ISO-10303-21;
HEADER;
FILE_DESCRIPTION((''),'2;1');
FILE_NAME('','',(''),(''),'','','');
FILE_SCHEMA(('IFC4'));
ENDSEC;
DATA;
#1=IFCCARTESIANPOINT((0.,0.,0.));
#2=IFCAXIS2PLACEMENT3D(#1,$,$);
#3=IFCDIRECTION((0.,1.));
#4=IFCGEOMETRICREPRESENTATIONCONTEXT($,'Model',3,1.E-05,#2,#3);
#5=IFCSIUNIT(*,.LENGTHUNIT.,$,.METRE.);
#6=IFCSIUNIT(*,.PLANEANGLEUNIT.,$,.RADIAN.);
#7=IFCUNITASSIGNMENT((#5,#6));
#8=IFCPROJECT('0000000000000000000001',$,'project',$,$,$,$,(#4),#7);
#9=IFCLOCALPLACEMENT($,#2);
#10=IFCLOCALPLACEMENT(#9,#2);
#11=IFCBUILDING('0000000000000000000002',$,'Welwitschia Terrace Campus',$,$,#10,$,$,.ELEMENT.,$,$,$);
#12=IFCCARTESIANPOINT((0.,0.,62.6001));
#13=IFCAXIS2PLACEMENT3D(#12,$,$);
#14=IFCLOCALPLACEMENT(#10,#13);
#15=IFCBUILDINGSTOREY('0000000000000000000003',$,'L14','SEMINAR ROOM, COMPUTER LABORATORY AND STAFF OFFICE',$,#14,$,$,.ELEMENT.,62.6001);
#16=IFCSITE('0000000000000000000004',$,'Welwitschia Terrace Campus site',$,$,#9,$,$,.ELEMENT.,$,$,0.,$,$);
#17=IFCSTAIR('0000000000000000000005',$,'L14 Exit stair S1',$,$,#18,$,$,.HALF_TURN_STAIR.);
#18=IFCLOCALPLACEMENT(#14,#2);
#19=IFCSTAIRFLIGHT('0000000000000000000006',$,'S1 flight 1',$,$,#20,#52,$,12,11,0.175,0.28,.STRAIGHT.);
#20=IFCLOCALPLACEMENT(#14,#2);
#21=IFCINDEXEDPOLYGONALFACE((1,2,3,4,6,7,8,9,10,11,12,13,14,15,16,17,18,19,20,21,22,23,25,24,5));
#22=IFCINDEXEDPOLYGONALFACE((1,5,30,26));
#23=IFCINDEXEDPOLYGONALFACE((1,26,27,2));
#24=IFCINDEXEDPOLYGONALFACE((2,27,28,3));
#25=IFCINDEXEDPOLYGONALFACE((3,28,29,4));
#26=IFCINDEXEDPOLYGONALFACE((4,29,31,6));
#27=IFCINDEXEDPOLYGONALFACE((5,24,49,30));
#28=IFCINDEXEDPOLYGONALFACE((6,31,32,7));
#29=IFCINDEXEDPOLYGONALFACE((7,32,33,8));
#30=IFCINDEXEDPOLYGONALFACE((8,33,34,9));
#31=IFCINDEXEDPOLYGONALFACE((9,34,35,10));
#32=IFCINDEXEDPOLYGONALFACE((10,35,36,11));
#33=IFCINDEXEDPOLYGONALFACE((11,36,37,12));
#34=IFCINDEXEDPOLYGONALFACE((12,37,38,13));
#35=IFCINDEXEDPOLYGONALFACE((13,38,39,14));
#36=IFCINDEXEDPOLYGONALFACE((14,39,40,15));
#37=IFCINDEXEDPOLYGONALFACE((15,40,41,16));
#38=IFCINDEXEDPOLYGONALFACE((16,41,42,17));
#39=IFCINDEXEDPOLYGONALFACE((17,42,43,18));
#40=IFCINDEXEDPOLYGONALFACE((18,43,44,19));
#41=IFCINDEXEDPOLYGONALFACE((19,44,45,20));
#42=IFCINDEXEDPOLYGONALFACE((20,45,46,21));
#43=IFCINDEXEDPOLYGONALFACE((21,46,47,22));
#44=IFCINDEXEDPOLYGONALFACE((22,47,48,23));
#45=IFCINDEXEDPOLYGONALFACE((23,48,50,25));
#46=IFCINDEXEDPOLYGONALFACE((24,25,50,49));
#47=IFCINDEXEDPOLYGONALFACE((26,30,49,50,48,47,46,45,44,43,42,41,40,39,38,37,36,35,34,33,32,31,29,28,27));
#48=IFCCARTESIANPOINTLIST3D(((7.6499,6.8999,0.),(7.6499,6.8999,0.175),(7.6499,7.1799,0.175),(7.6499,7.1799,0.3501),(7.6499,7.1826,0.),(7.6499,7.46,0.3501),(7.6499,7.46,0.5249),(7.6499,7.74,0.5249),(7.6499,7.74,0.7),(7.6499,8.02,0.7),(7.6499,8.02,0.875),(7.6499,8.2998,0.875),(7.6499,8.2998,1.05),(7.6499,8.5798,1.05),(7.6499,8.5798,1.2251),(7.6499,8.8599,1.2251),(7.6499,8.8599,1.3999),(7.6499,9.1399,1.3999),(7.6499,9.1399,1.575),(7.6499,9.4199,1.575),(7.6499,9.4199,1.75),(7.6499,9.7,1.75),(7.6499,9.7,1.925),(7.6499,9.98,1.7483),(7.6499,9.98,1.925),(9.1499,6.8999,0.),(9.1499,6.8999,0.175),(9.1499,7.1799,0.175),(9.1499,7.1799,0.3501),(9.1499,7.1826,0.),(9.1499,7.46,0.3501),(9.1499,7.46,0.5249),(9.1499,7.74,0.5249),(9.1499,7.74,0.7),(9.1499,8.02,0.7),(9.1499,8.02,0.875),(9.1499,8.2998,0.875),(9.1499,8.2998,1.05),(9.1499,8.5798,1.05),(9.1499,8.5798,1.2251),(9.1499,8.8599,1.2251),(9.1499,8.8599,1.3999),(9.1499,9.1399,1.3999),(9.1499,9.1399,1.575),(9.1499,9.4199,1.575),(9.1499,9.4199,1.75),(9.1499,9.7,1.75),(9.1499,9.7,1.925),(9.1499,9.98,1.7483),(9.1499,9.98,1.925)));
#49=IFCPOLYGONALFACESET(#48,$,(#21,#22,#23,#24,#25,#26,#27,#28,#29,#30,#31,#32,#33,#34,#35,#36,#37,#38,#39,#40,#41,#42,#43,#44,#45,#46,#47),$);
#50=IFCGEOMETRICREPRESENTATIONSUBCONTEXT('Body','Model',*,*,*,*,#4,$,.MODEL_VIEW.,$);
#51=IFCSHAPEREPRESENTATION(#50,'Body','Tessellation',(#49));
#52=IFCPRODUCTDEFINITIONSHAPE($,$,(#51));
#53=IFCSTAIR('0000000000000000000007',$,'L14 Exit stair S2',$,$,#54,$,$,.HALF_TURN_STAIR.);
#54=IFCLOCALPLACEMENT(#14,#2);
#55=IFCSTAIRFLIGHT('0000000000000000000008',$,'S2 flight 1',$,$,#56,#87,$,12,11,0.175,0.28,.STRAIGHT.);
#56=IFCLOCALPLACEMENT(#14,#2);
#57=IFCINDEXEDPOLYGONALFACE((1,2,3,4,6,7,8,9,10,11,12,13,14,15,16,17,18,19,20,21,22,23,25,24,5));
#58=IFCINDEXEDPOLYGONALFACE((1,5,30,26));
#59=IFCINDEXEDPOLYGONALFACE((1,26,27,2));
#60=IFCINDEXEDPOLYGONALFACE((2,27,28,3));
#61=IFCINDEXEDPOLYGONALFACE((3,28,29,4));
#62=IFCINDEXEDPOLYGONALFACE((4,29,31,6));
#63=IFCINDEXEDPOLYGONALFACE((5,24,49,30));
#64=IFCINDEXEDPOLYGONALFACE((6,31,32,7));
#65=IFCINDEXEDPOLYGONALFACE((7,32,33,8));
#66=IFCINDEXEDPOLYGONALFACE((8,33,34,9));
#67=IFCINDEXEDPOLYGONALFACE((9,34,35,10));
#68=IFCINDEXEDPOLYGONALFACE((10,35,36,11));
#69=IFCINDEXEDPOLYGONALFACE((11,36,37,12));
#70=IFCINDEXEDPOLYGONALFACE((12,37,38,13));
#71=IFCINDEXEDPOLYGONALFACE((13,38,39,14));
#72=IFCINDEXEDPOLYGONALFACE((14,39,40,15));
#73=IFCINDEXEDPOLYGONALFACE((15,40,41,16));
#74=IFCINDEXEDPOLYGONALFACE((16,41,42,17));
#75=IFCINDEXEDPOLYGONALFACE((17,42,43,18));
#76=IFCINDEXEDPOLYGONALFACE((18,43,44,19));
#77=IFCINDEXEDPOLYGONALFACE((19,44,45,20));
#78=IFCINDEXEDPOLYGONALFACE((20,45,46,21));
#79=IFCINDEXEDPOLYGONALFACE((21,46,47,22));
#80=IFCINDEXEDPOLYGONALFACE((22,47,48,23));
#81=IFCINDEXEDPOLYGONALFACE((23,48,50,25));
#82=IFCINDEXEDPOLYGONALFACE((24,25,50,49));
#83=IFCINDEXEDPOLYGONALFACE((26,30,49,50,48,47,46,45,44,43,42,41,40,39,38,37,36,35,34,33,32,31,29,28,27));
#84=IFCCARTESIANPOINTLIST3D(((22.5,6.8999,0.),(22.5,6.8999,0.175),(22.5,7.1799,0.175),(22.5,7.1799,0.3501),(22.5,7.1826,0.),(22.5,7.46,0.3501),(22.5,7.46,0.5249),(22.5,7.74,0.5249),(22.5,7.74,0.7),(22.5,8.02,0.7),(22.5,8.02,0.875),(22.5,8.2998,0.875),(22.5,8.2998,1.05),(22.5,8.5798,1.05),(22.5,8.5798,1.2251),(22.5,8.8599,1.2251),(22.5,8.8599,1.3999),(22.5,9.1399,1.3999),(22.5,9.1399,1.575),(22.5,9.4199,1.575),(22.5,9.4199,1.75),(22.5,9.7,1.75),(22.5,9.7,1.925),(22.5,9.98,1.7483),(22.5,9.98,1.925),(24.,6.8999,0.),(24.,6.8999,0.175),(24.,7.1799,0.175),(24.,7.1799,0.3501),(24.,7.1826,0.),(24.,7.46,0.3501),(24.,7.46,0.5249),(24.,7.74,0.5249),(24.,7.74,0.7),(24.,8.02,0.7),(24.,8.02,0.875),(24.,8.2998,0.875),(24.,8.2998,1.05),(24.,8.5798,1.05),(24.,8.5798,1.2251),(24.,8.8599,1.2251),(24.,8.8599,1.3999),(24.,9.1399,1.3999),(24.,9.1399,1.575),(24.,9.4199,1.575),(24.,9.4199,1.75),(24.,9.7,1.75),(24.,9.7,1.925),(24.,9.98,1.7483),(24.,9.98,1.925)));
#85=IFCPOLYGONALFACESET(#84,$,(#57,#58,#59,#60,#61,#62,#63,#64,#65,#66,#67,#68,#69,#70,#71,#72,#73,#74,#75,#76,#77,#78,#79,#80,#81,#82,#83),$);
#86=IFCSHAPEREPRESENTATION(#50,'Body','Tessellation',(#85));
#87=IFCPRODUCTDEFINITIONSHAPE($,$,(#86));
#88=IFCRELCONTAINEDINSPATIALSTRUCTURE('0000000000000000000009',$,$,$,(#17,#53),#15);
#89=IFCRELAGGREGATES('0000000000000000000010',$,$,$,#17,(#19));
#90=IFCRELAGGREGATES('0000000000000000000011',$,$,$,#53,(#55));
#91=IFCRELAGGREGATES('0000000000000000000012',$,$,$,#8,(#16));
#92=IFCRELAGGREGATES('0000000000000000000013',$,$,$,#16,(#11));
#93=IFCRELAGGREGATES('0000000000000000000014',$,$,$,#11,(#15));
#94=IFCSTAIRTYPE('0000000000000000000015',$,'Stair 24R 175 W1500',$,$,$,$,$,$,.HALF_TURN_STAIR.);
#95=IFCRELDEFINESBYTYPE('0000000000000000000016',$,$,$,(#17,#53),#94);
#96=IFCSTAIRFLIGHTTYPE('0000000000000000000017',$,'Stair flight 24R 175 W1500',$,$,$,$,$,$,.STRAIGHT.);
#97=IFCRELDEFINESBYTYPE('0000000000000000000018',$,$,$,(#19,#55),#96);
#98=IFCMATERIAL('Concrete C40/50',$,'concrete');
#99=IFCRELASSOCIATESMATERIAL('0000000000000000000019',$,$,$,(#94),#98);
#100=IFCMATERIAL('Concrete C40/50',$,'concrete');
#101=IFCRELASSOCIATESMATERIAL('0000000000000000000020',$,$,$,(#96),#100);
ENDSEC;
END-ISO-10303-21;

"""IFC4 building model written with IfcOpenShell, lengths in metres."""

from ifc_helpers import new_model, si_unit, direction, frame, origin, place, context, subcontext, project, spatial, polyline, outline, extrude, material, type_object, element, aggregate, save


model = new_model("IFC4")

# Units and contexts
model_context = context("Model", 3, precision=1e-05, world=origin(), true_north=direction((0.0, 1.0)))
body_context = subcontext(model_context, "Body", "Model", "MODEL_VIEW")
ifc_project = project(units=[si_unit("LENGTHUNIT", "METRE"), si_unit("PLANEANGLEUNIT", "RADIAN")], contexts=[model_context])

# Site, building, storey
site_placement = place(None, origin())
site = spatial("IfcSite", under=ifc_project, at=site_placement, Name="Welwitschia Terrace Campus site", CompositionType="ELEMENT", RefElevation=0.0)
building_placement = place(site_placement, origin())
building = spatial("IfcBuilding", under=site, at=building_placement, Name="Welwitschia Terrace Campus", CompositionType="ELEMENT")
storey_placement = place(building_placement, frame((0.0, 0.0, 62.6001)))
storey = spatial("IfcBuildingStorey", under=building, at=storey_placement, Name="L14", Description="SEMINAR ROOM, COMPUTER LABORATORY AND STAFF OFFICE", CompositionType="ELEMENT", Elevation=62.6001)

# Stairs, stair flights
ifc_material_1 = material(Name="Concrete C40/50", Category="concrete")
stair_type = type_object("IfcStairType", Name="Stair 24R 175 W1500", PredefinedType="HALF_TURN_STAIR", material=ifc_material_1)
stair_1_placement = place(storey_placement, origin())
stair_1 = element("IfcStair", 1, at=stair_1_placement, inside=storey, type_object=stair_type, Name="L14 Exit stair S1", PredefinedType="HALF_TURN_STAIR")
ifc_material_2 = material(Name="Concrete C40/50", Category="concrete")
stair_flight_type = type_object("IfcStairFlightType", Name="Stair flight 24R 175 W1500", PredefinedType="STRAIGHT", material=ifc_material_2)
stair_flight_1_placement = place(storey_placement, frame((8.3999, 6.8999, 0.0), z_axis=(0.0, 0.0, 1.0), x_axis=(0.0, 1.0, 0.0)))
stair_flight_1 = element("IfcStairFlight", 2, at=stair_flight_1_placement, type_object=stair_flight_type, Name="S1 flight 1", NumberOfRisers=12, NumberOfTreads=11, PredefinedType="STRAIGHT", RiserHeight=0.175, TreadLength=0.28, context=body_context, shape_type="SweptSolid", body=[
    extrude(outline(polyline([(0.0, 0.0), (0.0, 0.175), (0.28, 0.175), (0.28, 0.3501), (0.5601, 0.3501), (0.5601, 0.5249), (0.8401, 0.5249), (0.8401, 0.7), (1.1201, 0.7), (1.1201, 0.875), (1.3999, 0.875), (1.3999, 1.05), (1.6799, 1.05), (1.6799, 1.2251), (1.96, 1.2251), (1.96, 1.3999), (2.24, 1.3999), (2.24, 1.575), (2.52, 1.575), (2.52, 1.75), (2.8, 1.75), (2.8, 1.925), (3.0801, 1.925), (3.0801, 2.1001), (3.0801, 1.7483), (0.2827, 0.0), (0.0, 0.0)])), frame((0.0, 0.75, 0.0), z_axis=(0.0, -1.0, 0.0), x_axis=(1.0, 0.0, 0.0)), (0.0, 0.0, 1.0), 1.5),
])
aggregate(stair_1, [stair_flight_1])
stair_2_placement = place(storey_placement, origin())
stair_2 = element("IfcStair", 3, at=stair_2_placement, inside=storey, type_object=stair_type, Name="L14 Exit stair S2", PredefinedType="HALF_TURN_STAIR")
stair_flight_2_placement = place(storey_placement, frame((23.25, 6.8999, 0.0), z_axis=(0.0, 0.0, 1.0), x_axis=(0.0, 1.0, 0.0)))
stair_flight_2 = element("IfcStairFlight", 4, at=stair_flight_2_placement, type_object=stair_flight_type, Name="S2 flight 1", NumberOfRisers=12, NumberOfTreads=11, PredefinedType="STRAIGHT", RiserHeight=0.175, TreadLength=0.28, context=body_context, shape_type="SweptSolid", body=[
    extrude(outline(polyline([(0.0, 0.0), (0.0, 0.175), (0.28, 0.175), (0.28, 0.3501), (0.5601, 0.3501), (0.5601, 0.5249), (0.8401, 0.5249), (0.8401, 0.7), (1.1201, 0.7), (1.1201, 0.875), (1.3999, 0.875), (1.3999, 1.05), (1.6799, 1.05), (1.6799, 1.2251), (1.96, 1.2251), (1.96, 1.3999), (2.24, 1.3999), (2.24, 1.575), (2.52, 1.575), (2.52, 1.75), (2.8, 1.75), (2.8, 1.925), (3.0801, 1.925), (3.0801, 2.1001), (3.0801, 1.7483), (0.2827, 0.0), (0.0, 0.0)])), frame((0.0, 0.75, 0.0), z_axis=(0.0, -1.0, 0.0), x_axis=(1.0, 0.0, 0.0)), (0.0, 0.0, 1.0), 1.5),
])
aggregate(stair_2, [stair_flight_2])

save(model, "model.ifc")
